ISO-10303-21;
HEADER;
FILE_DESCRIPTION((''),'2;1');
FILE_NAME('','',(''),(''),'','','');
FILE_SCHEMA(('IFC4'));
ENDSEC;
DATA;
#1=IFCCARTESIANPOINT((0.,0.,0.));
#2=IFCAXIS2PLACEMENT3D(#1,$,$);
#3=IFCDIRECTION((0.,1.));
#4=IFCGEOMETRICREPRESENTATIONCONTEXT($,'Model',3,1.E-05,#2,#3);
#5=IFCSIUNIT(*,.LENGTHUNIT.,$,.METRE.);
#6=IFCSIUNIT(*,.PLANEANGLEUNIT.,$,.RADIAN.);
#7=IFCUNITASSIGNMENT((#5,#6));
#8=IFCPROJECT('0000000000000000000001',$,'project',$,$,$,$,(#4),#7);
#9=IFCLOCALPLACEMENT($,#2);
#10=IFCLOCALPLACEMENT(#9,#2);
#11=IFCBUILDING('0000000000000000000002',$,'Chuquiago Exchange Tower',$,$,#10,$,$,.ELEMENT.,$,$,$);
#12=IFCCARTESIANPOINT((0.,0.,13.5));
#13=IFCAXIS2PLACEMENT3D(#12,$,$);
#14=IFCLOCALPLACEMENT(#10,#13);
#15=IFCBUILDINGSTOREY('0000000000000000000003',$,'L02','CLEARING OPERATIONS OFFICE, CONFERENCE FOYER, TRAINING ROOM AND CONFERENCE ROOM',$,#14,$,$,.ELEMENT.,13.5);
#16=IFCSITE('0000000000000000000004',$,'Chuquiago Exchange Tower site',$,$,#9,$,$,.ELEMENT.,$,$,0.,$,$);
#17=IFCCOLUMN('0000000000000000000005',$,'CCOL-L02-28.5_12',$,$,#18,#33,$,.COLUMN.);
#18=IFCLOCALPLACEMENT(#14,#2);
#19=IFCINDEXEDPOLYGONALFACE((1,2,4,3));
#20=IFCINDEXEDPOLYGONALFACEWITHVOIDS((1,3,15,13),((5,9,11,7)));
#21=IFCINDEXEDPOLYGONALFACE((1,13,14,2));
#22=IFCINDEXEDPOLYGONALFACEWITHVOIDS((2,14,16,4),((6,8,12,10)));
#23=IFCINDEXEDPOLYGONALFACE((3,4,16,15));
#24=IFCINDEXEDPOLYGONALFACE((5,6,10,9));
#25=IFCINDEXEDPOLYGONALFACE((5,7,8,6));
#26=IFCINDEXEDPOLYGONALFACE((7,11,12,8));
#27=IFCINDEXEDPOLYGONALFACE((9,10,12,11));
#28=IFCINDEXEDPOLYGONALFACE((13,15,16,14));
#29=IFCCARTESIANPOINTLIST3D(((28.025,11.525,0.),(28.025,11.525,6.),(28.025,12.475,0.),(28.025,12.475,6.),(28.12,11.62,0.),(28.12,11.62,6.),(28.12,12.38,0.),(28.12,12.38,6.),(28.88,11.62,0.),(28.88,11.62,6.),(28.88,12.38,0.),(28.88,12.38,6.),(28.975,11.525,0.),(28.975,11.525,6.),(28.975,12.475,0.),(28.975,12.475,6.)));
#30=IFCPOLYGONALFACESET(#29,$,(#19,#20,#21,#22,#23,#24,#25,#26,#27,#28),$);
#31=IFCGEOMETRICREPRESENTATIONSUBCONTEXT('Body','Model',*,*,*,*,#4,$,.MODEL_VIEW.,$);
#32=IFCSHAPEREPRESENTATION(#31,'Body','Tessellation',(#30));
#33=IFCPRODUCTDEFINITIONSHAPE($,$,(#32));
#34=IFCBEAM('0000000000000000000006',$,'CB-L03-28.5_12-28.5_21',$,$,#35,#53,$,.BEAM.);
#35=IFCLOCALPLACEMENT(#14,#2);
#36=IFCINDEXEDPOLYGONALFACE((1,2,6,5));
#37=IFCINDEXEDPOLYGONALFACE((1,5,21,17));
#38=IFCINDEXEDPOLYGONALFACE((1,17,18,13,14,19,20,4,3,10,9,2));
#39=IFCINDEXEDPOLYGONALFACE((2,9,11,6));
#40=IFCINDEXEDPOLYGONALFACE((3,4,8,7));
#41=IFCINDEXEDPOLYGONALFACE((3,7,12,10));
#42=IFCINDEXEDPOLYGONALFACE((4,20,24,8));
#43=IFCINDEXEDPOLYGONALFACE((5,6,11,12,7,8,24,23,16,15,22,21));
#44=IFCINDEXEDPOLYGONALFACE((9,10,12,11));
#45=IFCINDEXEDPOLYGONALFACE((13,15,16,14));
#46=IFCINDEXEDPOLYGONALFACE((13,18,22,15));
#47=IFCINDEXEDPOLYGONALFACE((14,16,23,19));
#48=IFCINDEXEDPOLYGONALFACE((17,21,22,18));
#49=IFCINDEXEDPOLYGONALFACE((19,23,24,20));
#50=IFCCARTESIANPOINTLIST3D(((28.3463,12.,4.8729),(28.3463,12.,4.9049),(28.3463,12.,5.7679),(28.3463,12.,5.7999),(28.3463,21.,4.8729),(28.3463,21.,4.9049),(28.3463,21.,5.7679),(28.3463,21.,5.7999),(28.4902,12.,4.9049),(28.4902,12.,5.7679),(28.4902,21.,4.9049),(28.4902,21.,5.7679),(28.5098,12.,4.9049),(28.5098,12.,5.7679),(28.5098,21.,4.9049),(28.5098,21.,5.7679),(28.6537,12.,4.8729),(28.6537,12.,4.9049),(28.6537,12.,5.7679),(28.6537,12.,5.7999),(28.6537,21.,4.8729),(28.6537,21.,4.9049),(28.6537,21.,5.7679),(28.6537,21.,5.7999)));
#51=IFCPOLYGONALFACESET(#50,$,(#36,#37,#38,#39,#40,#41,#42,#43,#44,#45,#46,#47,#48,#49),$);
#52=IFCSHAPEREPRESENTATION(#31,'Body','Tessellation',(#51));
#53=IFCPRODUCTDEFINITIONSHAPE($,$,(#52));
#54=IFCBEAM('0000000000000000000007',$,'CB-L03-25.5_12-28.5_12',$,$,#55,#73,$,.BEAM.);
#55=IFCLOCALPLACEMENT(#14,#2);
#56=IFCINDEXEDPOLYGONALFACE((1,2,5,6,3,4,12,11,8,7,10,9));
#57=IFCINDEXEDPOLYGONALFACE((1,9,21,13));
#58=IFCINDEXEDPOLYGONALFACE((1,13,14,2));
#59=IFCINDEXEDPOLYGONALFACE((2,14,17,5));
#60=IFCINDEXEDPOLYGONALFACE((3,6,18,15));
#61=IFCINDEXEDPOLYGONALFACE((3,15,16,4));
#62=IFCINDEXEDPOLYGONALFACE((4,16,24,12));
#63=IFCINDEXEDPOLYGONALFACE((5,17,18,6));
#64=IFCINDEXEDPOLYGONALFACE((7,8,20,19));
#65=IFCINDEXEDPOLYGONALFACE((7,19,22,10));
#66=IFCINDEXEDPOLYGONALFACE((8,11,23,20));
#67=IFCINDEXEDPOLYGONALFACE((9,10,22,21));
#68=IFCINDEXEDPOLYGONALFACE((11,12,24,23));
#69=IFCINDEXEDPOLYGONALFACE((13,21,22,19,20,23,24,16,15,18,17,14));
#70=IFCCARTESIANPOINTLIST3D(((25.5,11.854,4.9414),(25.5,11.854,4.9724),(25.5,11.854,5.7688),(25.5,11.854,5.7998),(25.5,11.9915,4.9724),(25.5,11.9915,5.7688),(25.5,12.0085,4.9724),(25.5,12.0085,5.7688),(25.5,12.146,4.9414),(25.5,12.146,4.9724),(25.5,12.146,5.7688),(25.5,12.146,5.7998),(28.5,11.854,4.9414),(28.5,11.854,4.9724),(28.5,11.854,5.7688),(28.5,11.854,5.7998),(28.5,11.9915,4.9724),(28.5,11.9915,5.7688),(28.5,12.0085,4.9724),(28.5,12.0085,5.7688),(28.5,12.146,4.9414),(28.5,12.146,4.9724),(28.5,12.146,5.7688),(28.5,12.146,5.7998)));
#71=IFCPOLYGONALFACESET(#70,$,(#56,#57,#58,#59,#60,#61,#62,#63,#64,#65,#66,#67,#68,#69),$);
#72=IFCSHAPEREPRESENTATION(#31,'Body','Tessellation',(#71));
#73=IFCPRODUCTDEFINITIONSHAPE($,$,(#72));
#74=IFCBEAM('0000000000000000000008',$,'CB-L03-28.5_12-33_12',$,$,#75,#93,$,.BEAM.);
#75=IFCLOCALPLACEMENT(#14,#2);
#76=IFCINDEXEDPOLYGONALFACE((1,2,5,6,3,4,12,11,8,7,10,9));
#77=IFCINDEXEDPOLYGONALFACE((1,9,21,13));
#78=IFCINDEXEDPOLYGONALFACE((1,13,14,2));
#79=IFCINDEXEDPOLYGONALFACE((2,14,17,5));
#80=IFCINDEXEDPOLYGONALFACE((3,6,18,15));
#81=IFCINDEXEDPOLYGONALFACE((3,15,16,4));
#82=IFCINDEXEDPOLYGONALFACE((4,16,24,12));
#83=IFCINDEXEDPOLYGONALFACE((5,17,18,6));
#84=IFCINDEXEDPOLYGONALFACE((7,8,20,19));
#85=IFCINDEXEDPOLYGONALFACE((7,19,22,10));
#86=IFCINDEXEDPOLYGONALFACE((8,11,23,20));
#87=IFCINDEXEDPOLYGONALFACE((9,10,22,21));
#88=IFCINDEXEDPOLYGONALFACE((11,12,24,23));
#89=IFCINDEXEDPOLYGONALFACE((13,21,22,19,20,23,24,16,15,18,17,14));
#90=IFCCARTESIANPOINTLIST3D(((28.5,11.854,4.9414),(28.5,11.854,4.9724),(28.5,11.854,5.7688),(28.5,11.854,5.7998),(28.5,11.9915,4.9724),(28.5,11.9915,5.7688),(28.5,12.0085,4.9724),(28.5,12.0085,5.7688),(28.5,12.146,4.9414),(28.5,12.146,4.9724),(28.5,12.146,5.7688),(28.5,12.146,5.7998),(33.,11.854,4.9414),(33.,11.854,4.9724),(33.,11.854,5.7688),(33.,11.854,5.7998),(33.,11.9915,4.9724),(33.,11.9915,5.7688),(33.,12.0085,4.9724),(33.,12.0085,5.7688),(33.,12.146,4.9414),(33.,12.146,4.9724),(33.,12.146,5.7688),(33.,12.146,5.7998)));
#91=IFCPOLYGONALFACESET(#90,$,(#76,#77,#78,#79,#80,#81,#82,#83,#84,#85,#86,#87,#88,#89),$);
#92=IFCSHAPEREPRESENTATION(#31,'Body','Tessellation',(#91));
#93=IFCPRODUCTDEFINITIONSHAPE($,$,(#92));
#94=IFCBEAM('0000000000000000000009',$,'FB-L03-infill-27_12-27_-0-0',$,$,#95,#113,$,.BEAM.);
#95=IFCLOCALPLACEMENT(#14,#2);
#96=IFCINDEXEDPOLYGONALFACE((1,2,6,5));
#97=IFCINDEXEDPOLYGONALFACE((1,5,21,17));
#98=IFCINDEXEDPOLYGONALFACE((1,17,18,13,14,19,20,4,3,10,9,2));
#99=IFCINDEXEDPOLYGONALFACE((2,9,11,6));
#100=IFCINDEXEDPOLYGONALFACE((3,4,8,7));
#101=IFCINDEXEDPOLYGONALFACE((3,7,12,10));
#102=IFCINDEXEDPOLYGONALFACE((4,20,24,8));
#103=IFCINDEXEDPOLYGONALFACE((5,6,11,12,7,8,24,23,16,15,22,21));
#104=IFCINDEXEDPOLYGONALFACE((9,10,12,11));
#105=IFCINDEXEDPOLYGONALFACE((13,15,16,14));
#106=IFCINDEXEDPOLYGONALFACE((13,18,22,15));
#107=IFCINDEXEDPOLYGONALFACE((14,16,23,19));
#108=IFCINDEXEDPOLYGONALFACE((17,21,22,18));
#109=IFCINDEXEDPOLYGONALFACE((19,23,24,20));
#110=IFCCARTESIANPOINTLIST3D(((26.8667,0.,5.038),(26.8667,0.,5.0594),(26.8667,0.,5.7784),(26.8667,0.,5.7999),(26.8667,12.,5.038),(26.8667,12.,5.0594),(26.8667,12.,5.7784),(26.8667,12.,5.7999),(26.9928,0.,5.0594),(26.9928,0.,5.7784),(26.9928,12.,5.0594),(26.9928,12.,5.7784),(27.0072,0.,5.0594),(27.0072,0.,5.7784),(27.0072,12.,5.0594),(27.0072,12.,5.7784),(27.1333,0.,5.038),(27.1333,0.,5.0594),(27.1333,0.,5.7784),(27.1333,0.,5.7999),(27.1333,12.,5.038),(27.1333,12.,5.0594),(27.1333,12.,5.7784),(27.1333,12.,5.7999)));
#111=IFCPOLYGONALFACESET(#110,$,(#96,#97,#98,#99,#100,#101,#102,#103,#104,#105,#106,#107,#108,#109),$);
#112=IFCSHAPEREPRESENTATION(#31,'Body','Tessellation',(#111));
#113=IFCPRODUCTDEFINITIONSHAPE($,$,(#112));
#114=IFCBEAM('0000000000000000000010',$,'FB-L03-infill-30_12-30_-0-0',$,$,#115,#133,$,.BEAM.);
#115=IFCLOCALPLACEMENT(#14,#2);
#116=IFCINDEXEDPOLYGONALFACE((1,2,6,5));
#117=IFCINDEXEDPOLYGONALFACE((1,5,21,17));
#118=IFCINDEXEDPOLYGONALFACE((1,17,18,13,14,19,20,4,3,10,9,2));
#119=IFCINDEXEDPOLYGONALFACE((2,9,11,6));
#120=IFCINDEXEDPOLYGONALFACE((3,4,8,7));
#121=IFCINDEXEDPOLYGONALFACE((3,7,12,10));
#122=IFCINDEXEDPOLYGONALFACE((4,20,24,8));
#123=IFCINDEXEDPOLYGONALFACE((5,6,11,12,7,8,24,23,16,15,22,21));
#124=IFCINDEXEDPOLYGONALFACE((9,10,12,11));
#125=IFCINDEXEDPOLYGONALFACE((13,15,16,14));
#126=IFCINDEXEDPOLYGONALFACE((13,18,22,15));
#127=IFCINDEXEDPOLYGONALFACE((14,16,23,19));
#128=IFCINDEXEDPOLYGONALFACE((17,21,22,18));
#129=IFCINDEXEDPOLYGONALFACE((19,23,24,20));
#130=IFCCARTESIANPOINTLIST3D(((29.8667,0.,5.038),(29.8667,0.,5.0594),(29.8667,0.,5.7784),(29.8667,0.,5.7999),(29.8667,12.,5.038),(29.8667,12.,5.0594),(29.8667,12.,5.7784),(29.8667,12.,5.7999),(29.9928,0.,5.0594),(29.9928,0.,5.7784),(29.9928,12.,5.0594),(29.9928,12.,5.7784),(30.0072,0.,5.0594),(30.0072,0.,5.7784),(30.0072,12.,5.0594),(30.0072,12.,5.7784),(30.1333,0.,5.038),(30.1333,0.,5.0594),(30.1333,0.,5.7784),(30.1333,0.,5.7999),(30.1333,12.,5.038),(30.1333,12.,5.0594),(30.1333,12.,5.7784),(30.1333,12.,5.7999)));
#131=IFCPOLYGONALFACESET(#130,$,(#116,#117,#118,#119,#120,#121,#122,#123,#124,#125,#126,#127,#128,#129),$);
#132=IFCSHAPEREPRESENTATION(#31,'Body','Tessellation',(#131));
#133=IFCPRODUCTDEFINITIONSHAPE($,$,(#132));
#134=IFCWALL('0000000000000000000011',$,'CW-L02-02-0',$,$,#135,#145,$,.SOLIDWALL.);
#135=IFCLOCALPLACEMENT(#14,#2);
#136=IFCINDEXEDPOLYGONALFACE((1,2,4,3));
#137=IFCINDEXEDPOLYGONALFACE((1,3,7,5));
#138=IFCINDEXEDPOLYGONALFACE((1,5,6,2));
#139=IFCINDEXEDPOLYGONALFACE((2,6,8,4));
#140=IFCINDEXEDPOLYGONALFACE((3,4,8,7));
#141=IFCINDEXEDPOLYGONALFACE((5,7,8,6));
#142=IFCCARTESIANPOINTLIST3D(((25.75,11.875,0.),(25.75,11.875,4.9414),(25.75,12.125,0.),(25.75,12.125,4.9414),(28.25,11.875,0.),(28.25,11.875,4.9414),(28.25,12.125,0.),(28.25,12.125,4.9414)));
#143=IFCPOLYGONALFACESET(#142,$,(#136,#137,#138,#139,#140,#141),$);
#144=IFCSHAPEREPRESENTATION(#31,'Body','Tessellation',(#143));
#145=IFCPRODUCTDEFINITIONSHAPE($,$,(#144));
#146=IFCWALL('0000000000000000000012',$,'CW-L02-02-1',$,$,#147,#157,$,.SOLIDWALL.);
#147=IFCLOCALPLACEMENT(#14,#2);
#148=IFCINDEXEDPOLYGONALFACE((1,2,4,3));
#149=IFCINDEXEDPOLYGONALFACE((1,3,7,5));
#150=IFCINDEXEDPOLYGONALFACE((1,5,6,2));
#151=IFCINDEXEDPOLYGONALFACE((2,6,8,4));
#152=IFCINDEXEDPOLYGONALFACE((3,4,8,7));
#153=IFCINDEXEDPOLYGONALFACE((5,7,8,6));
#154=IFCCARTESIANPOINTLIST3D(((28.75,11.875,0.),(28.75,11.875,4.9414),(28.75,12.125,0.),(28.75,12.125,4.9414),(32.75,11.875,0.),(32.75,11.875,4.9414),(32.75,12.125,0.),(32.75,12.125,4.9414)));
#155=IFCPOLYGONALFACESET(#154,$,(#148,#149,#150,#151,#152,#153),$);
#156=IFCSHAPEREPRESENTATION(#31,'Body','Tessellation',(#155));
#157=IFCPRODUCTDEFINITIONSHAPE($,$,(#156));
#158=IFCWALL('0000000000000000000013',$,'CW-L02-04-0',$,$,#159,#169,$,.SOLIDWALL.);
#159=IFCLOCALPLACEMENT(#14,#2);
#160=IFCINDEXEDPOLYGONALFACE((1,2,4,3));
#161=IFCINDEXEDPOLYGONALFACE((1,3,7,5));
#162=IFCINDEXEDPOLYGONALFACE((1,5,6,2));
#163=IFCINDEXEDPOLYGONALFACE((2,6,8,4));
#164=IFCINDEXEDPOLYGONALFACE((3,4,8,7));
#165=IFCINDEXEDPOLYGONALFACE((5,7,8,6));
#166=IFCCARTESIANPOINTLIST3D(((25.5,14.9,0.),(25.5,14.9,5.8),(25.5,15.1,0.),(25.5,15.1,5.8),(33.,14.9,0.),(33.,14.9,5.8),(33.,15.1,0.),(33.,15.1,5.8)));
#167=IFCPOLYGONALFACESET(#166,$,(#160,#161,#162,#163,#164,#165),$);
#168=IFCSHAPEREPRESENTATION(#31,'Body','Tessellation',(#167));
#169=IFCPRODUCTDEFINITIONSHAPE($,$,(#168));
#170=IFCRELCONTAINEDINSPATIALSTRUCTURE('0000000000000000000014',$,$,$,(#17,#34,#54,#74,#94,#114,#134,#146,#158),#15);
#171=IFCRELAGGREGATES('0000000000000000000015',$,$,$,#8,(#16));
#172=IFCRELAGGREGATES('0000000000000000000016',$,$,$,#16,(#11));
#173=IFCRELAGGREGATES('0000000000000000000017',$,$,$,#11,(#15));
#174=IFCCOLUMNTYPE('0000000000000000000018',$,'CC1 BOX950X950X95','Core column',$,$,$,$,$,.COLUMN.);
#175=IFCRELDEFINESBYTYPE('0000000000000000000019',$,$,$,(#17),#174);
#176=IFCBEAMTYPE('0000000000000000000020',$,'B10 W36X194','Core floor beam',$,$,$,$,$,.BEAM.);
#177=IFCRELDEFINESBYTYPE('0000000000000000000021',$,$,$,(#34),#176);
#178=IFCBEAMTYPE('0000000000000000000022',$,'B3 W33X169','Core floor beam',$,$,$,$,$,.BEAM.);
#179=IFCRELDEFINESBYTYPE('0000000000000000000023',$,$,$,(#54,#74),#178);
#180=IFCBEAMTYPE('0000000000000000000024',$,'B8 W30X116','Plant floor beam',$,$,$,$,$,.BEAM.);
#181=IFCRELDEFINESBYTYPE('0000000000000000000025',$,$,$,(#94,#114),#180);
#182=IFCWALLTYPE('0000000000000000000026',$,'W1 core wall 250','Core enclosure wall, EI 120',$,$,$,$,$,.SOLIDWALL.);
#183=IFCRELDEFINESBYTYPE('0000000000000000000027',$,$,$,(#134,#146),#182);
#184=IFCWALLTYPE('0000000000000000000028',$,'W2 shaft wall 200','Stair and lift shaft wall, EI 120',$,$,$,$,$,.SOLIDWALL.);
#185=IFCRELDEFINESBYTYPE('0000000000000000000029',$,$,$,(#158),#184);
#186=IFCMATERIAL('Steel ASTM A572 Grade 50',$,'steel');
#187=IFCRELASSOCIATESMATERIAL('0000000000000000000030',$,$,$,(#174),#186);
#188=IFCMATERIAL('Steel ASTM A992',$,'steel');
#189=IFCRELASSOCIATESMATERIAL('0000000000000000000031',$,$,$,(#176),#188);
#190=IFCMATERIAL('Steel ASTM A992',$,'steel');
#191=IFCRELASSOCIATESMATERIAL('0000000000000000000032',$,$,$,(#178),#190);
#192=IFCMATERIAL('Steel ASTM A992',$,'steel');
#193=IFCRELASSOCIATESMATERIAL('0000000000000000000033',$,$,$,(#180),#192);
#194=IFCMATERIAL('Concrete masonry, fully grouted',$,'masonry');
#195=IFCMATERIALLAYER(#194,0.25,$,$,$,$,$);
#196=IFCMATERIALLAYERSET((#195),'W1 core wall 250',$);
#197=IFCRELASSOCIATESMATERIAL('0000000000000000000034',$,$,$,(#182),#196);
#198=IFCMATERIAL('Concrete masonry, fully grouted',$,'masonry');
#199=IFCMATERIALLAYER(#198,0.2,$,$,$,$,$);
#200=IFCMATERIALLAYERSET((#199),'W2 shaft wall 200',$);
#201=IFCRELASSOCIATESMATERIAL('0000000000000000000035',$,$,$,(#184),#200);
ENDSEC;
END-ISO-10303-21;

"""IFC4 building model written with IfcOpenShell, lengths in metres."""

from ifc_helpers import new_model, si_unit, direction, frame, frame_2d, origin, origin_2d, place, context, subcontext, project, spatial, rectangle, hollow_rectangle, i_section, extrude, material, layer, layer_set, material_profile, profile_set, type_object, element, save


model = new_model("IFC4")

# Units and contexts
model_context = context("Model", 3, precision=1e-05, world=origin(), true_north=direction((0.0, 1.0)))
body_context = subcontext(model_context, "Body", "Model", "MODEL_VIEW")
ifc_project = project(units=[si_unit("LENGTHUNIT", "METRE"), si_unit("PLANEANGLEUNIT", "RADIAN")], contexts=[model_context])

# Site, building, storey
site_placement = place(None, origin())
site = spatial("IfcSite", under=ifc_project, at=site_placement, Name="Chuquiago Exchange Tower site", CompositionType="ELEMENT", RefElevation=0.0)
building_placement = place(site_placement, origin())
building = spatial("IfcBuilding", under=site, at=building_placement, Name="Chuquiago Exchange Tower", CompositionType="ELEMENT")
storey_placement = place(building_placement, frame((0.0, 0.0, 13.5)))
storey = spatial("IfcBuildingStorey", under=building, at=storey_placement, Name="L02", Description="CLEARING OPERATIONS OFFICE, CONFERENCE FOYER, TRAINING ROOM AND CONFERENCE ROOM", CompositionType="ELEMENT", Elevation=13.5)

# Column
ifc_material_1 = material(Name="Steel ASTM A572 Grade 50", Category="steel")
ifc_material_profile_1 = material_profile(ifc_material_1, hollow_rectangle(XDim=0.95, YDim=0.95, WallThickness=0.095, at=origin_2d()), Name="BOX950X950X95")
ifc_profile_set_1 = profile_set([ifc_material_profile_1], Name="Steel ASTM A572 Grade 50")
column_type = type_object("IfcColumnType", Name="CC1 BOX950X950X95", Description="Core column", PredefinedType="COLUMN", material=ifc_profile_set_1)
column_placement = place(storey_placement, frame((28.5, 12.0, 0.0), z_axis=(0.0, 0.0, 1.0), x_axis=(1.0, 0.0, 0.0)))
element("IfcColumn", 1, at=column_placement, inside=storey, type_object=column_type, Name="CCOL-L02-28.5_12", PredefinedType="COLUMN", context=body_context, shape_type="SweptSolid", body=[
    extrude(hollow_rectangle(XDim=0.95, YDim=0.95, WallThickness=0.095, at=origin_2d()), origin(), (0.0, 0.0, 1.0), 6.0),
])

# Beams
ifc_material_2 = material(Name="Steel ASTM A992", Category="steel")
ifc_material_profile_2 = material_profile(ifc_material_2, i_section(OverallWidth=0.3074, OverallDepth=0.927, WebThickness=0.0195, FlangeThickness=0.032, at=origin_2d()), Name="W36X194")
ifc_profile_set_2 = profile_set([ifc_material_profile_2], Name="Steel ASTM A992")
beam_type_1 = type_object("IfcBeamType", Name="B10 W36X194", Description="Core floor beam", PredefinedType="BEAM", material=ifc_profile_set_2)
beam_1_placement = place(storey_placement, frame((28.5, 12.0, 5.3364), z_axis=(0.0, 1.0, 0.0), x_axis=(-1.0, 0.0, 0.0)))
element("IfcBeam", 2, at=beam_1_placement, inside=storey, type_object=beam_type_1, Name="CB-L03-28.5_12-28.5_21", PredefinedType="BEAM", context=body_context, shape_type="SweptSolid", body=[
    extrude(i_section(OverallWidth=0.3074, OverallDepth=0.927, WebThickness=0.0195, FlangeThickness=0.032, at=origin_2d()), origin(), (0.0, 0.0, 1.0), 9.0),
])
ifc_material_3 = material(Name="Steel ASTM A992", Category="steel")
ifc_material_profile_3 = material_profile(ifc_material_3, i_section(OverallWidth=0.292, OverallDepth=0.8584, WebThickness=0.0171, FlangeThickness=0.031, at=origin_2d()), Name="W33X169")
ifc_profile_set_3 = profile_set([ifc_material_profile_3], Name="Steel ASTM A992")
beam_type_2 = type_object("IfcBeamType", Name="B3 W33X169", Description="Core floor beam", PredefinedType="BEAM", material=ifc_profile_set_3)
beam_2_placement = place(storey_placement, frame((25.5, 12.0, 5.3706), z_axis=(1.0, 0.0, 0.0), x_axis=(0.0, 1.0, 0.0)))
element("IfcBeam", 3, at=beam_2_placement, inside=storey, type_object=beam_type_2, Name="CB-L03-25.5_12-28.5_12", PredefinedType="BEAM", context=body_context, shape_type="SweptSolid", body=[
    extrude(i_section(OverallWidth=0.292, OverallDepth=0.8584, WebThickness=0.0171, FlangeThickness=0.031, at=origin_2d()), origin(), (0.0, 0.0, 1.0), 3.0),
])
beam_3_placement = place(storey_placement, frame((28.5, 12.0, 5.3706), z_axis=(1.0, 0.0, 0.0), x_axis=(0.0, 1.0, 0.0)))
element("IfcBeam", 4, at=beam_3_placement, inside=storey, type_object=beam_type_2, Name="CB-L03-28.5_12-33_12", PredefinedType="BEAM", context=body_context, shape_type="SweptSolid", body=[
    extrude(i_section(OverallWidth=0.292, OverallDepth=0.8584, WebThickness=0.0171, FlangeThickness=0.031, at=origin_2d()), origin(), (0.0, 0.0, 1.0), 4.5),
])
ifc_material_4 = material(Name="Steel ASTM A992", Category="steel")
ifc_material_profile_4 = material_profile(ifc_material_4, i_section(OverallWidth=0.2666, OverallDepth=0.762, WebThickness=0.0144, FlangeThickness=0.0215, at=origin_2d()), Name="W30X116")
ifc_profile_set_4 = profile_set([ifc_material_profile_4], Name="Steel ASTM A992")
beam_type_3 = type_object("IfcBeamType", Name="B8 W30X116", Description="Plant floor beam", PredefinedType="BEAM", material=ifc_profile_set_4)
for number, where, z_axis, x_axis, name in (
    (5, (27.0, 12.0, 5.4189), (0.0, -1.0, 0.0), (1.0, 0.0, 0.0), "FB-L03-infill-27_12-27_-0-0"),
    (6, (30.0, 12.0, 5.4189), (0.0, -1.0, 0.0), (1.0, 0.0, 0.0), "FB-L03-infill-30_12-30_-0-0"),
):
    element("IfcBeam", number, at=place(storey_placement, frame(where, z_axis=z_axis, x_axis=x_axis)), inside=storey, type_object=beam_type_3, Name=name, PredefinedType="BEAM", context=body_context, shape_type="SweptSolid", body=[
        extrude(i_section(OverallWidth=0.2666, OverallDepth=0.762, WebThickness=0.0144, FlangeThickness=0.0215, at=origin_2d()), origin(), (0.0, 0.0, 1.0), 12.0),
    ])

# Walls
ifc_material_5 = material(Name="Concrete masonry, fully grouted", Category="masonry")
ifc_layer_1 = layer(ifc_material_5, 0.25)
ifc_layer_set_1 = layer_set([ifc_layer_1], Name="W1 core wall 250")
wall_type_1 = type_object("IfcWallType", Name="W1 core wall 250", Description="Core enclosure wall, EI 120", PredefinedType="SOLIDWALL", material=ifc_layer_set_1)
wall_1_placement = place(storey_placement, frame((25.75, 12.0, 0.0), z_axis=(0.0, 0.0, 1.0), x_axis=(1.0, 0.0, 0.0)))
element("IfcWall", 7, at=wall_1_placement, inside=storey, type_object=wall_type_1, Name="CW-L02-02-0", PredefinedType="SOLIDWALL", context=body_context, shape_type="SweptSolid", body=[
    extrude(rectangle(XDim=2.5, YDim=0.25, at=frame_2d((1.25, 0.0))), origin(), (0.0, 0.0, 1.0), 4.9414),
])
wall_2_placement = place(storey_placement, frame((28.75, 12.0, 0.0), z_axis=(0.0, 0.0, 1.0), x_axis=(1.0, 0.0, 0.0)))
element("IfcWall", 8, at=wall_2_placement, inside=storey, type_object=wall_type_1, Name="CW-L02-02-1", PredefinedType="SOLIDWALL", context=body_context, shape_type="SweptSolid", body=[
    extrude(rectangle(XDim=4.0, YDim=0.25, at=frame_2d((2.0, 0.0))), origin(), (0.0, 0.0, 1.0), 4.9414),
])
ifc_material_6 = material(Name="Concrete masonry, fully grouted", Category="masonry")
ifc_layer_2 = layer(ifc_material_6, 0.2)
ifc_layer_set_2 = layer_set([ifc_layer_2], Name="W2 shaft wall 200")
wall_type_2 = type_object("IfcWallType", Name="W2 shaft wall 200", Description="Stair and lift shaft wall, EI 120", PredefinedType="SOLIDWALL", material=ifc_layer_set_2)
wall_3_placement = place(storey_placement, frame((25.5, 15.0, 0.0), z_axis=(0.0, 0.0, 1.0), x_axis=(1.0, 0.0, 0.0)))
element("IfcWall", 9, at=wall_3_placement, inside=storey, type_object=wall_type_2, Name="CW-L02-04-0", PredefinedType="SOLIDWALL", context=body_context, shape_type="SweptSolid", body=[
    extrude(rectangle(XDim=7.5, YDim=0.2, at=frame_2d((3.75, 0.0))), origin(), (0.0, 0.0, 1.0), 5.8),
])

save(model, "model.ifc")
